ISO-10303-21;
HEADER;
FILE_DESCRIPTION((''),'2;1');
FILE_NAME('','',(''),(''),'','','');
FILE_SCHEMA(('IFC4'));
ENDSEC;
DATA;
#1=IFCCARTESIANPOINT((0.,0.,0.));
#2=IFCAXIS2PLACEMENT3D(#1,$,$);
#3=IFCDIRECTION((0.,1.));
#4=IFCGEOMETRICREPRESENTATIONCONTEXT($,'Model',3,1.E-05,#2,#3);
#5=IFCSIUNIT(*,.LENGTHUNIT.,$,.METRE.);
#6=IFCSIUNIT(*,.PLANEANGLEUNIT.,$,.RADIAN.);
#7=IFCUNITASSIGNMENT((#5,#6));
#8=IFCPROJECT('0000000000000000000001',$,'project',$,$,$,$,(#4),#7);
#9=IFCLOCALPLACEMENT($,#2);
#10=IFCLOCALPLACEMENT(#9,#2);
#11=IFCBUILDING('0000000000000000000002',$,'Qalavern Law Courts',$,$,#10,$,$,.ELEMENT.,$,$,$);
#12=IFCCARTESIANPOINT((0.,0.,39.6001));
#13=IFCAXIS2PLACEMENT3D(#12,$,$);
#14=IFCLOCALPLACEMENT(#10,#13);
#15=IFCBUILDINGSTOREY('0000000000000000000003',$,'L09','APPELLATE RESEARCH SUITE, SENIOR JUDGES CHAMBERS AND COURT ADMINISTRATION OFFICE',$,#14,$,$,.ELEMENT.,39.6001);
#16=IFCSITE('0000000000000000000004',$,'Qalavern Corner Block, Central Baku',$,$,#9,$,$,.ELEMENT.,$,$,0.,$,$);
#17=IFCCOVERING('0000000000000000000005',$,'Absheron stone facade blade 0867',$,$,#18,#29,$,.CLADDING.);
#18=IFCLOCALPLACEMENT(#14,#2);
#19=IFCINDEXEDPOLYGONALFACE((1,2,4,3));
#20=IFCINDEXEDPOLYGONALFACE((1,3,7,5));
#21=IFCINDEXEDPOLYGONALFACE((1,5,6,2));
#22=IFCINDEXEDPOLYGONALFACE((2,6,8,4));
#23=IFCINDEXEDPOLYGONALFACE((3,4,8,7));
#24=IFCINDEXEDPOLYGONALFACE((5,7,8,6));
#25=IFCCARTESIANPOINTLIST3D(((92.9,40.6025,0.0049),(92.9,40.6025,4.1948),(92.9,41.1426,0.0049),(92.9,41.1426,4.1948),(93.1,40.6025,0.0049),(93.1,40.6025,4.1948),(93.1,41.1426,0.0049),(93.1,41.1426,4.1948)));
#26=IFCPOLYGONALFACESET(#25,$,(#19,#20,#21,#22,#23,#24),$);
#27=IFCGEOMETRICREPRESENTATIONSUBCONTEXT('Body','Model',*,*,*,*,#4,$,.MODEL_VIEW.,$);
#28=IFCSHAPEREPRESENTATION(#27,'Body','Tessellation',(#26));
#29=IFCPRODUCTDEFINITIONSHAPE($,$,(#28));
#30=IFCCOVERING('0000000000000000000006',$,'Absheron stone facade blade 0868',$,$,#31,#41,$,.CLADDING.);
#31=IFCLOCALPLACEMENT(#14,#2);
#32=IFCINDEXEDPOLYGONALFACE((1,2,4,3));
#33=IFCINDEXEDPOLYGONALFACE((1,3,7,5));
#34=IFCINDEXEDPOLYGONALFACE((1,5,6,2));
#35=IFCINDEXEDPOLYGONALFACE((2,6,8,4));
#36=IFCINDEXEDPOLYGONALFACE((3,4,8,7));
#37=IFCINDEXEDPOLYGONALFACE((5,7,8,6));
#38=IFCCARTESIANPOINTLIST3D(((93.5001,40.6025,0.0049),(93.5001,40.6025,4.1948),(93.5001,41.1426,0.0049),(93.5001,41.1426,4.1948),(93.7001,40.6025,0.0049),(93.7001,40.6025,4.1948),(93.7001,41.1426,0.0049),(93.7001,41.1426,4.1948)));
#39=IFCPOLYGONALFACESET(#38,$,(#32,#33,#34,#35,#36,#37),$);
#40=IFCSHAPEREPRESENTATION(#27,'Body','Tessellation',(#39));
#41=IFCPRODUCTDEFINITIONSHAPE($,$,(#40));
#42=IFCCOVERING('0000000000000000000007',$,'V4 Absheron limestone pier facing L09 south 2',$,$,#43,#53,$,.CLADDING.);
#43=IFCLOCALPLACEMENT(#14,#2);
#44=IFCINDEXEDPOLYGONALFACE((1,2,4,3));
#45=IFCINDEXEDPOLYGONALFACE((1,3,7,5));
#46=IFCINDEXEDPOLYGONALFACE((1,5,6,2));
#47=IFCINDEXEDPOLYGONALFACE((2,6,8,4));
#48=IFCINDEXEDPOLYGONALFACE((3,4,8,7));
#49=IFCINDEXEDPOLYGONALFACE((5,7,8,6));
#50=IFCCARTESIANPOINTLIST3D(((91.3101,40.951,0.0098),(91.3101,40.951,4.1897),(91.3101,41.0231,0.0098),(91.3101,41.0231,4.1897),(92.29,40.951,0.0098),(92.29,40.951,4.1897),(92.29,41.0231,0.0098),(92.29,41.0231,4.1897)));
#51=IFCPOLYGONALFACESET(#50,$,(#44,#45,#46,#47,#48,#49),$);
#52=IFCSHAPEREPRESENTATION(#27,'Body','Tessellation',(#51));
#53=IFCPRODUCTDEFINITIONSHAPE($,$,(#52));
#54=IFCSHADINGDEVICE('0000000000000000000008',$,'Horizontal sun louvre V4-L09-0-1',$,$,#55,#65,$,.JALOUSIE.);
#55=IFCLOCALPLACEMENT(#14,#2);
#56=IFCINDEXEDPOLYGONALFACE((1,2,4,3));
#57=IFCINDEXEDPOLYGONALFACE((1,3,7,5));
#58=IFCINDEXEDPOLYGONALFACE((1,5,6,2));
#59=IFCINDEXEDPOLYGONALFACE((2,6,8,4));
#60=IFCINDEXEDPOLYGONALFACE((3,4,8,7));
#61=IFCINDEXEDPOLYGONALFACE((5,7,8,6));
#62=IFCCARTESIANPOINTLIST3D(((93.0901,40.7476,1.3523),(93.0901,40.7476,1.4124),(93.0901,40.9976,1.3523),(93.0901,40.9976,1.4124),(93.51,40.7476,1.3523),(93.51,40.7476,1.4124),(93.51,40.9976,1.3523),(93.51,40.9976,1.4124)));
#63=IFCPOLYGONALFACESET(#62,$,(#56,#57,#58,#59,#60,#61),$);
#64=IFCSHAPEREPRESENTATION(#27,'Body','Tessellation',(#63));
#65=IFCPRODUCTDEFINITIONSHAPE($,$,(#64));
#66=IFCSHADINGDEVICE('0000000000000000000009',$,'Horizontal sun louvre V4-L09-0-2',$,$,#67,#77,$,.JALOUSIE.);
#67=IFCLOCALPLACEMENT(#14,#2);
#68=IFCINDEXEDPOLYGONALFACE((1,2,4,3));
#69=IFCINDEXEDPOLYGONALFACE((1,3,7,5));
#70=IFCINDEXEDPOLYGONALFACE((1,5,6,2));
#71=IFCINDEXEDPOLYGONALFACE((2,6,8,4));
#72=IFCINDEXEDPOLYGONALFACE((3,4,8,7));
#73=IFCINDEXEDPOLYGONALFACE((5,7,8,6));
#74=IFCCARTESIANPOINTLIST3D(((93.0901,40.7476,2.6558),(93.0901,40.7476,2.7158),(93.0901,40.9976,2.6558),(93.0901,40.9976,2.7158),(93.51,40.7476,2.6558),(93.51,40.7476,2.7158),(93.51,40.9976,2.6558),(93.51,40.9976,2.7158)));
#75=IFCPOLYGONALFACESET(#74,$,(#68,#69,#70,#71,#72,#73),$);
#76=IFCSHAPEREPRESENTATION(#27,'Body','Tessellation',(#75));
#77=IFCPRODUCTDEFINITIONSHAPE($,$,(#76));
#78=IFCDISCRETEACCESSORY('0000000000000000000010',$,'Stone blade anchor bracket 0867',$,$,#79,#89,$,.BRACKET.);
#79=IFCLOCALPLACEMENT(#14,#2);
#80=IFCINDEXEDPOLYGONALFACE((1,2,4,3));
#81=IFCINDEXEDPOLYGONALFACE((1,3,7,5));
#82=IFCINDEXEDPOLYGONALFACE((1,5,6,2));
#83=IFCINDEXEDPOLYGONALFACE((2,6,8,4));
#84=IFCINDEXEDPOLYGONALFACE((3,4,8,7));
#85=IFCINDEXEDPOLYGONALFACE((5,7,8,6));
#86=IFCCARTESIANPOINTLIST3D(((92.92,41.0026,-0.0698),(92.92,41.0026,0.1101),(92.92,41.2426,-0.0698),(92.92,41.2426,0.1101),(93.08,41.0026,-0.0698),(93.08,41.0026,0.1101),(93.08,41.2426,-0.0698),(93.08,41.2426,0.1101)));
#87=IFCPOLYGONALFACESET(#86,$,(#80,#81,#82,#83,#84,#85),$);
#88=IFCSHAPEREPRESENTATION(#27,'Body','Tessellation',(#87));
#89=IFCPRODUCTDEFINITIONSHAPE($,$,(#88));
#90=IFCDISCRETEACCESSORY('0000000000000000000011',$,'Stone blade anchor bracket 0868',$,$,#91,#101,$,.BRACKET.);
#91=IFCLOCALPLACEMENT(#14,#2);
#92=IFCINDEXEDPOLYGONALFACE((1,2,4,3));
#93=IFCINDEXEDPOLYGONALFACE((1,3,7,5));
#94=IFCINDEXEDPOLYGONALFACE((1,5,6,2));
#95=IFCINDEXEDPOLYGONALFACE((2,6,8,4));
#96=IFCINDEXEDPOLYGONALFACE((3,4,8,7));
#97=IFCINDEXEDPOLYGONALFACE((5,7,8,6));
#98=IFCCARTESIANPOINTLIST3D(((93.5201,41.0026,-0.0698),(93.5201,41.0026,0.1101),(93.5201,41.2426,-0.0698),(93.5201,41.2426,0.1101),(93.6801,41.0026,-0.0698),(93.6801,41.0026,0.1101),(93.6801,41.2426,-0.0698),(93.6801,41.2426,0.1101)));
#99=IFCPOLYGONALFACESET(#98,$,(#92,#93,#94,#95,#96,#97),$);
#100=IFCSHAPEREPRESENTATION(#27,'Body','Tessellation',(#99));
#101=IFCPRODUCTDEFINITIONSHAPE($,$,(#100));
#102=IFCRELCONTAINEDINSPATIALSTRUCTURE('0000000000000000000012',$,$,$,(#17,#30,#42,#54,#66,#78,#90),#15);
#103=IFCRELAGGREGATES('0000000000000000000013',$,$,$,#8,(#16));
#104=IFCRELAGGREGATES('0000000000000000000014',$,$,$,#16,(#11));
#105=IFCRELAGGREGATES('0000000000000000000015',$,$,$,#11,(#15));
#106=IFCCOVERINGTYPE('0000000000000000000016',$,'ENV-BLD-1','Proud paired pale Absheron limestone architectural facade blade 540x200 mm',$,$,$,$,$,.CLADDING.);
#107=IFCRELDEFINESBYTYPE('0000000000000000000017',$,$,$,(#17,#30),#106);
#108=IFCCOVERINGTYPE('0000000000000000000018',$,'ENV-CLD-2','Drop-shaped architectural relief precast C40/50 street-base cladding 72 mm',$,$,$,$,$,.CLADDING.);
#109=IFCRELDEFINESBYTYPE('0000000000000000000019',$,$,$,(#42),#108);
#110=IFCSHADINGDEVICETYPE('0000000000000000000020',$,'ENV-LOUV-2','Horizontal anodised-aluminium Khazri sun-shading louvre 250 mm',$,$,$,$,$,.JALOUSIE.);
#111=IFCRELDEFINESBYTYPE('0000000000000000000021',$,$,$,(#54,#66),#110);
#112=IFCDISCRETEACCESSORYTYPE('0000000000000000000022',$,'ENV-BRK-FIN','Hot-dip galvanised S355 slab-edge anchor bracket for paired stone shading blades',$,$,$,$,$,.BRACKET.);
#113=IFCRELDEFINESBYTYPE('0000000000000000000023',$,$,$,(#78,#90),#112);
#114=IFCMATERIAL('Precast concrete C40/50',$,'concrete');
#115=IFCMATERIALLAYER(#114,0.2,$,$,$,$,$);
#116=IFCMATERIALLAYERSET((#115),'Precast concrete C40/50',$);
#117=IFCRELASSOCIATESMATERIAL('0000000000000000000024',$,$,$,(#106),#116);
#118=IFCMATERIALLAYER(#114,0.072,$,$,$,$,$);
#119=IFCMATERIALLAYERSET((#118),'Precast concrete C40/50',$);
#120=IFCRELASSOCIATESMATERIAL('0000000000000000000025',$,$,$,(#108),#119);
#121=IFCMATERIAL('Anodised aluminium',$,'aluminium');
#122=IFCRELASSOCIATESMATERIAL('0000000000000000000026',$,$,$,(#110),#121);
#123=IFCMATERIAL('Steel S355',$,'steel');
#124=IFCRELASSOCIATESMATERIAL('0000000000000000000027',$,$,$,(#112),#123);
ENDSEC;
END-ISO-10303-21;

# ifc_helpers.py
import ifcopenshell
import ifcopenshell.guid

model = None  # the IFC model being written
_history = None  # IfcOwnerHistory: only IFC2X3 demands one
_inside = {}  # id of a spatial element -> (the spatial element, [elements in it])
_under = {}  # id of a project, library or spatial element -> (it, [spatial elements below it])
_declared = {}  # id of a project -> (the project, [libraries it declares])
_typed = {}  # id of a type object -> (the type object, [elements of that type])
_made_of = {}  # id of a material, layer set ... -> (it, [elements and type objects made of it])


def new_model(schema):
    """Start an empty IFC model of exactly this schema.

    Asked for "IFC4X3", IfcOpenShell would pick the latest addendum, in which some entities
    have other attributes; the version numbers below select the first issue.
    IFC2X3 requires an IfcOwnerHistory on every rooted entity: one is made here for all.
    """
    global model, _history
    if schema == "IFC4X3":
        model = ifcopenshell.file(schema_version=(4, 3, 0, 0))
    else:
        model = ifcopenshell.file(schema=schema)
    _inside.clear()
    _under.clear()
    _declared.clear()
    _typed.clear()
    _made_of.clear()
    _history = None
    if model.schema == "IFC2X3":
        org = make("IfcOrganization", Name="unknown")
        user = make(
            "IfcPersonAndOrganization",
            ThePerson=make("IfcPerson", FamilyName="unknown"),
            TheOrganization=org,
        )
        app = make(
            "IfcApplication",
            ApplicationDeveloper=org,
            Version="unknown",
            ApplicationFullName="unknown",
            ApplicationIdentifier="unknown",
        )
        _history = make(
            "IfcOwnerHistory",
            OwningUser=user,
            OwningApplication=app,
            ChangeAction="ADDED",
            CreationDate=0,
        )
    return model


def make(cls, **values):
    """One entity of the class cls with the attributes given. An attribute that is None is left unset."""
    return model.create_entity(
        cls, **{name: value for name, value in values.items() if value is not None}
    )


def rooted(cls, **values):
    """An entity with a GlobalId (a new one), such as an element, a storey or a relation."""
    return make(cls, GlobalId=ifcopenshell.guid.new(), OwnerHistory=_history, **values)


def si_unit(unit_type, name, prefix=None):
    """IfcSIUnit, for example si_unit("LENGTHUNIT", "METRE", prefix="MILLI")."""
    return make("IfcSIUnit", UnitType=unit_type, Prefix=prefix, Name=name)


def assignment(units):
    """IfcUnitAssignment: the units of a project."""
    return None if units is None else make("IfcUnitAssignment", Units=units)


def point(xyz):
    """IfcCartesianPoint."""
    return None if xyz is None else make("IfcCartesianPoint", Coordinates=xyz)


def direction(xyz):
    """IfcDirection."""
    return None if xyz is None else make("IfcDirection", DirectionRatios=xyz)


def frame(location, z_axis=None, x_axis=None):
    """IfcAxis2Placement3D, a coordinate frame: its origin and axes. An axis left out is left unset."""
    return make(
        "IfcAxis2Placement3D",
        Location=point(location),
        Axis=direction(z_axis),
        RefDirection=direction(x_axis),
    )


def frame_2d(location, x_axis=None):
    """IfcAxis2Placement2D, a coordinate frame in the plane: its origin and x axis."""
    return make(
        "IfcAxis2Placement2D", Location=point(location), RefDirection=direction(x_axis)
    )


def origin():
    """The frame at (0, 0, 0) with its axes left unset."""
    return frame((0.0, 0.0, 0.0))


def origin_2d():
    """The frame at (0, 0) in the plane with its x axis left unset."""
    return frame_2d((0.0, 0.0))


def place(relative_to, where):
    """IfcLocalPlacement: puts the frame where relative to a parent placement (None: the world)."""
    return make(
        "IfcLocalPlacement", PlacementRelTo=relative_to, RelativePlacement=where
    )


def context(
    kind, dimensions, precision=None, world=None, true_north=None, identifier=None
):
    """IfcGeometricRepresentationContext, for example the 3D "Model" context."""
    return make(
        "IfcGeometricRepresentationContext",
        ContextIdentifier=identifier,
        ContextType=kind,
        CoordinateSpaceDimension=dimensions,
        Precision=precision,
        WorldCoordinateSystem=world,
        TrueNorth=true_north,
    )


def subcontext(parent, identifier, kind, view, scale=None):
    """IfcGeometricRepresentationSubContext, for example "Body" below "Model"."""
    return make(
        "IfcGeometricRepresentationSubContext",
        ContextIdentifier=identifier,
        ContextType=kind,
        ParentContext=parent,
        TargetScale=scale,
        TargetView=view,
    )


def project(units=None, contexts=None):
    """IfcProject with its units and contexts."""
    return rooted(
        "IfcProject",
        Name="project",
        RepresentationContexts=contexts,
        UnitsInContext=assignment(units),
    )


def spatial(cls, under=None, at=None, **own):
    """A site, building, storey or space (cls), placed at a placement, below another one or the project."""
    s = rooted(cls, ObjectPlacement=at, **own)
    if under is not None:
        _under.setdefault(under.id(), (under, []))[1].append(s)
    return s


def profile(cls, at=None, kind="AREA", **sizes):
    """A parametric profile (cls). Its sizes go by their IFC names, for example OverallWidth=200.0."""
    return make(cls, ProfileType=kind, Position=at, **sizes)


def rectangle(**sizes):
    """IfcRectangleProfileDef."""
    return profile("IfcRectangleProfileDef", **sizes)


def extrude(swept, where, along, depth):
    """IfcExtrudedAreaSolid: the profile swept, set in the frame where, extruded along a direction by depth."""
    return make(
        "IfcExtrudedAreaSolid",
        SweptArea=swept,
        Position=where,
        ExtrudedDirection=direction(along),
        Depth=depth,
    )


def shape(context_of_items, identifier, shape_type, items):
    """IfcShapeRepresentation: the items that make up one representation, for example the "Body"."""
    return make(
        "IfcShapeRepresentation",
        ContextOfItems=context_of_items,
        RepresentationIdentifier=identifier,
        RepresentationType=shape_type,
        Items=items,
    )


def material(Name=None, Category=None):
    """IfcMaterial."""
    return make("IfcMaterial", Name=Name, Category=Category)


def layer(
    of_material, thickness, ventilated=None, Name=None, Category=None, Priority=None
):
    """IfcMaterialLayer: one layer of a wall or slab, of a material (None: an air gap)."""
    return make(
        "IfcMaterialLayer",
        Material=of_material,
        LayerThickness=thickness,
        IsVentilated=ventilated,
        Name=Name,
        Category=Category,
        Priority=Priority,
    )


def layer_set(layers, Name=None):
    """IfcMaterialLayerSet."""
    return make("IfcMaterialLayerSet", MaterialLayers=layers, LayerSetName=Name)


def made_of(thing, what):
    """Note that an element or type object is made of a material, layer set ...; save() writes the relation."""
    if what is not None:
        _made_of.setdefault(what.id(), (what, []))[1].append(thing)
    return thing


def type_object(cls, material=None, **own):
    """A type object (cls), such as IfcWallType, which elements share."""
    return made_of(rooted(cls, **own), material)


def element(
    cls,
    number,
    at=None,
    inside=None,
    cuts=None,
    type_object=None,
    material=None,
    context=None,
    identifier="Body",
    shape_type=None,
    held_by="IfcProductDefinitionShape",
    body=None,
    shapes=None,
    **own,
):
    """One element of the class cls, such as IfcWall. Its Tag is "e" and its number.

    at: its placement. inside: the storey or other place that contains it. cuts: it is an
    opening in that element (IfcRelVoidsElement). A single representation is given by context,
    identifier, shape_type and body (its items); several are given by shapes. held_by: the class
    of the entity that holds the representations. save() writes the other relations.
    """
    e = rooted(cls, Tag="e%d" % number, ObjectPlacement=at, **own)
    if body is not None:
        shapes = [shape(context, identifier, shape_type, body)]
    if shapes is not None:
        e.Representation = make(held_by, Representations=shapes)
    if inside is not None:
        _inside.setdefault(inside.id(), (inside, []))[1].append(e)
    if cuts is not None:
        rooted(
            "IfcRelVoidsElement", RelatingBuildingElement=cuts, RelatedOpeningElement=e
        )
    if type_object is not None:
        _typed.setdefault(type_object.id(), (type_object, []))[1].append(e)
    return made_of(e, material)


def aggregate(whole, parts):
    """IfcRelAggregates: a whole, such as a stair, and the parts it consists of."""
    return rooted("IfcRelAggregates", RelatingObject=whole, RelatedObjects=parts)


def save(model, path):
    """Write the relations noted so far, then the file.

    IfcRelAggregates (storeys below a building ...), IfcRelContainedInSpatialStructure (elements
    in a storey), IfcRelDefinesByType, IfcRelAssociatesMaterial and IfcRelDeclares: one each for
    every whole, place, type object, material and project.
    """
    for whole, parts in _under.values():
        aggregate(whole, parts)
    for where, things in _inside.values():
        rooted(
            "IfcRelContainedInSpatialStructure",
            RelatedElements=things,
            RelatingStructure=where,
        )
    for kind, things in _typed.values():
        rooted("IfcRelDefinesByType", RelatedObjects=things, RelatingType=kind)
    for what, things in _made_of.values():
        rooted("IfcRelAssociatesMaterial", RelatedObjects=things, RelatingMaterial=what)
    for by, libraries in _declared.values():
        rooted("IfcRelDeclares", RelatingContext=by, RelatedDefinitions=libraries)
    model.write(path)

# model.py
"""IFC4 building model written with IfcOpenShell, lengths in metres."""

from ifc_helpers import new_model, si_unit, direction, frame, origin, origin_2d, place, context, subcontext, project, spatial, rectangle, extrude, material, layer, layer_set, type_object, element, save


model = new_model("IFC4")

# Units and contexts
model_context = context("Model", 3, precision=1e-05, world=origin(), true_north=direction((0.0, 1.0)))
body_context = subcontext(model_context, "Body", "Model", "MODEL_VIEW")
ifc_project = project(units=[si_unit("LENGTHUNIT", "METRE"), si_unit("PLANEANGLEUNIT", "RADIAN")], contexts=[model_context])

# Site, building, storey
site_placement = place(None, origin())
site = spatial("IfcSite", under=ifc_project, at=site_placement, Name="Qalavern Corner Block, Central Baku", CompositionType="ELEMENT", RefElevation=0.0)
building_placement = place(site_placement, origin())
building = spatial("IfcBuilding", under=site, at=building_placement, Name="Qalavern Law Courts", CompositionType="ELEMENT")
storey_placement = place(building_placement, frame((0.0, 0.0, 39.6001)))
storey = spatial("IfcBuildingStorey", under=building, at=storey_placement, Name="L09", Description="APPELLATE RESEARCH SUITE, SENIOR JUDGES CHAMBERS AND COURT ADMINISTRATION OFFICE", CompositionType="ELEMENT", Elevation=39.6001)

# Shared definitions
ifc_material_1 = material(Name="Anodised aluminium", Category="aluminium")

# Coverings
ifc_material_2 = material(Name="Precast concrete C40/50", Category="concrete")
ifc_layer_1 = layer(ifc_material_2, 0.2)
ifc_layer_set_1 = layer_set([ifc_layer_1], Name="Precast concrete C40/50")
covering_type_1 = type_object("IfcCoveringType", Name="ENV-BLD-1", Description="Proud paired pale Absheron limestone architectural facade blade 540x200 mm", PredefinedType="CLADDING", material=ifc_layer_set_1)
for number, where, z_axis, x_axis, name in (
    (1, (93.0, 40.8726, 0.0049), (0.0, 0.0, 1.0), (0.0, -1.0, 0.0), "Absheron stone facade blade 0867"),
    (2, (93.6001, 40.8726, 0.0049), (0.0, 0.0, 1.0), (0.0, -1.0, 0.0), "Absheron stone facade blade 0868"),
):
    element("IfcCovering", number, at=place(storey_placement, frame(where, z_axis=z_axis, x_axis=x_axis)), inside=storey, type_object=covering_type_1, Name=name, PredefinedType="CLADDING", context=body_context, shape_type="SweptSolid", body=[
        extrude(rectangle(XDim=0.54, YDim=0.2, at=origin_2d()), origin(), (0.0, 0.0, 1.0), 4.1899),
    ])
ifc_layer_2 = layer(ifc_material_2, 0.072)
ifc_layer_set_2 = layer_set([ifc_layer_2], Name="Precast concrete C40/50")
covering_type_2 = type_object("IfcCoveringType", Name="ENV-CLD-2", Description="Drop-shaped architectural relief precast C40/50 street-base cladding 72 mm", PredefinedType="CLADDING", material=ifc_layer_set_2)
covering_placement = place(storey_placement, frame((91.8, 40.9871, 0.0098), z_axis=(0.0, 0.0, 1.0), x_axis=(1.0, 0.0, 0.0)))
element("IfcCovering", 3, at=covering_placement, inside=storey, type_object=covering_type_2, Name="V4 Absheron limestone pier facing L09 south 2", PredefinedType="CLADDING", context=body_context, shape_type="SweptSolid", body=[
    extrude(rectangle(XDim=0.98, YDim=0.072, at=origin_2d()), origin(), (0.0, 0.0, 1.0), 4.1799),
])

# Shading devices
shading_device_type = type_object("IfcShadingDeviceType", Name="ENV-LOUV-2", Description="Horizontal anodised-aluminium Khazri sun-shading louvre 250 mm", PredefinedType="JALOUSIE", material=ifc_material_1)
for number, where, z_axis, x_axis, name in (
    (4, (93.3, 40.8726, 1.3523), (0.0, 0.0, 1.0), (1.0, 0.0, 0.0), "Horizontal sun louvre V4-L09-0-1"),
    (5, (93.3, 40.8726, 2.6558), (0.0, 0.0, 1.0), (1.0, 0.0, 0.0), "Horizontal sun louvre V4-L09-0-2"),
):
    element("IfcShadingDevice", number, at=place(storey_placement, frame(where, z_axis=z_axis, x_axis=x_axis)), inside=storey, type_object=shading_device_type, Name=name, PredefinedType="JALOUSIE", context=body_context, shape_type="SweptSolid", body=[
        extrude(rectangle(XDim=0.4199, YDim=0.25, at=origin_2d()), origin(), (0.0, 0.0, 1.0), 0.0601),
    ])

# Discrete accessories
ifc_material_3 = material(Name="Steel S355", Category="steel")
discrete_accessory_type = type_object("IfcDiscreteAccessoryType", Name="ENV-BRK-FIN", Description="Hot-dip galvanised S355 slab-edge anchor bracket for paired stone shading blades", PredefinedType="BRACKET", material=ifc_material_3)
for number, where, z_axis, x_axis, name in (
    (6, (93.0, 41.1226, -0.0698), (0.0, 0.0, 1.0), (0.0, -1.0, 0.0), "Stone blade anchor bracket 0867"),
    (7, (93.6001, 41.1226, -0.0698), (0.0, 0.0, 1.0), (0.0, -1.0, 0.0), "Stone blade anchor bracket 0868"),
):
    element("IfcDiscreteAccessory", number, at=place(storey_placement, frame(where, z_axis=z_axis, x_axis=x_axis)), inside=storey, type_object=discrete_accessory_type, Name=name, PredefinedType="BRACKET", context=body_context, shape_type="SweptSolid", body=[
        extrude(rectangle(XDim=0.24, YDim=0.1599, at=origin_2d()), origin(), (0.0, 0.0, 1.0), 0.1799),
    ])

save(model, "model.ifc")
